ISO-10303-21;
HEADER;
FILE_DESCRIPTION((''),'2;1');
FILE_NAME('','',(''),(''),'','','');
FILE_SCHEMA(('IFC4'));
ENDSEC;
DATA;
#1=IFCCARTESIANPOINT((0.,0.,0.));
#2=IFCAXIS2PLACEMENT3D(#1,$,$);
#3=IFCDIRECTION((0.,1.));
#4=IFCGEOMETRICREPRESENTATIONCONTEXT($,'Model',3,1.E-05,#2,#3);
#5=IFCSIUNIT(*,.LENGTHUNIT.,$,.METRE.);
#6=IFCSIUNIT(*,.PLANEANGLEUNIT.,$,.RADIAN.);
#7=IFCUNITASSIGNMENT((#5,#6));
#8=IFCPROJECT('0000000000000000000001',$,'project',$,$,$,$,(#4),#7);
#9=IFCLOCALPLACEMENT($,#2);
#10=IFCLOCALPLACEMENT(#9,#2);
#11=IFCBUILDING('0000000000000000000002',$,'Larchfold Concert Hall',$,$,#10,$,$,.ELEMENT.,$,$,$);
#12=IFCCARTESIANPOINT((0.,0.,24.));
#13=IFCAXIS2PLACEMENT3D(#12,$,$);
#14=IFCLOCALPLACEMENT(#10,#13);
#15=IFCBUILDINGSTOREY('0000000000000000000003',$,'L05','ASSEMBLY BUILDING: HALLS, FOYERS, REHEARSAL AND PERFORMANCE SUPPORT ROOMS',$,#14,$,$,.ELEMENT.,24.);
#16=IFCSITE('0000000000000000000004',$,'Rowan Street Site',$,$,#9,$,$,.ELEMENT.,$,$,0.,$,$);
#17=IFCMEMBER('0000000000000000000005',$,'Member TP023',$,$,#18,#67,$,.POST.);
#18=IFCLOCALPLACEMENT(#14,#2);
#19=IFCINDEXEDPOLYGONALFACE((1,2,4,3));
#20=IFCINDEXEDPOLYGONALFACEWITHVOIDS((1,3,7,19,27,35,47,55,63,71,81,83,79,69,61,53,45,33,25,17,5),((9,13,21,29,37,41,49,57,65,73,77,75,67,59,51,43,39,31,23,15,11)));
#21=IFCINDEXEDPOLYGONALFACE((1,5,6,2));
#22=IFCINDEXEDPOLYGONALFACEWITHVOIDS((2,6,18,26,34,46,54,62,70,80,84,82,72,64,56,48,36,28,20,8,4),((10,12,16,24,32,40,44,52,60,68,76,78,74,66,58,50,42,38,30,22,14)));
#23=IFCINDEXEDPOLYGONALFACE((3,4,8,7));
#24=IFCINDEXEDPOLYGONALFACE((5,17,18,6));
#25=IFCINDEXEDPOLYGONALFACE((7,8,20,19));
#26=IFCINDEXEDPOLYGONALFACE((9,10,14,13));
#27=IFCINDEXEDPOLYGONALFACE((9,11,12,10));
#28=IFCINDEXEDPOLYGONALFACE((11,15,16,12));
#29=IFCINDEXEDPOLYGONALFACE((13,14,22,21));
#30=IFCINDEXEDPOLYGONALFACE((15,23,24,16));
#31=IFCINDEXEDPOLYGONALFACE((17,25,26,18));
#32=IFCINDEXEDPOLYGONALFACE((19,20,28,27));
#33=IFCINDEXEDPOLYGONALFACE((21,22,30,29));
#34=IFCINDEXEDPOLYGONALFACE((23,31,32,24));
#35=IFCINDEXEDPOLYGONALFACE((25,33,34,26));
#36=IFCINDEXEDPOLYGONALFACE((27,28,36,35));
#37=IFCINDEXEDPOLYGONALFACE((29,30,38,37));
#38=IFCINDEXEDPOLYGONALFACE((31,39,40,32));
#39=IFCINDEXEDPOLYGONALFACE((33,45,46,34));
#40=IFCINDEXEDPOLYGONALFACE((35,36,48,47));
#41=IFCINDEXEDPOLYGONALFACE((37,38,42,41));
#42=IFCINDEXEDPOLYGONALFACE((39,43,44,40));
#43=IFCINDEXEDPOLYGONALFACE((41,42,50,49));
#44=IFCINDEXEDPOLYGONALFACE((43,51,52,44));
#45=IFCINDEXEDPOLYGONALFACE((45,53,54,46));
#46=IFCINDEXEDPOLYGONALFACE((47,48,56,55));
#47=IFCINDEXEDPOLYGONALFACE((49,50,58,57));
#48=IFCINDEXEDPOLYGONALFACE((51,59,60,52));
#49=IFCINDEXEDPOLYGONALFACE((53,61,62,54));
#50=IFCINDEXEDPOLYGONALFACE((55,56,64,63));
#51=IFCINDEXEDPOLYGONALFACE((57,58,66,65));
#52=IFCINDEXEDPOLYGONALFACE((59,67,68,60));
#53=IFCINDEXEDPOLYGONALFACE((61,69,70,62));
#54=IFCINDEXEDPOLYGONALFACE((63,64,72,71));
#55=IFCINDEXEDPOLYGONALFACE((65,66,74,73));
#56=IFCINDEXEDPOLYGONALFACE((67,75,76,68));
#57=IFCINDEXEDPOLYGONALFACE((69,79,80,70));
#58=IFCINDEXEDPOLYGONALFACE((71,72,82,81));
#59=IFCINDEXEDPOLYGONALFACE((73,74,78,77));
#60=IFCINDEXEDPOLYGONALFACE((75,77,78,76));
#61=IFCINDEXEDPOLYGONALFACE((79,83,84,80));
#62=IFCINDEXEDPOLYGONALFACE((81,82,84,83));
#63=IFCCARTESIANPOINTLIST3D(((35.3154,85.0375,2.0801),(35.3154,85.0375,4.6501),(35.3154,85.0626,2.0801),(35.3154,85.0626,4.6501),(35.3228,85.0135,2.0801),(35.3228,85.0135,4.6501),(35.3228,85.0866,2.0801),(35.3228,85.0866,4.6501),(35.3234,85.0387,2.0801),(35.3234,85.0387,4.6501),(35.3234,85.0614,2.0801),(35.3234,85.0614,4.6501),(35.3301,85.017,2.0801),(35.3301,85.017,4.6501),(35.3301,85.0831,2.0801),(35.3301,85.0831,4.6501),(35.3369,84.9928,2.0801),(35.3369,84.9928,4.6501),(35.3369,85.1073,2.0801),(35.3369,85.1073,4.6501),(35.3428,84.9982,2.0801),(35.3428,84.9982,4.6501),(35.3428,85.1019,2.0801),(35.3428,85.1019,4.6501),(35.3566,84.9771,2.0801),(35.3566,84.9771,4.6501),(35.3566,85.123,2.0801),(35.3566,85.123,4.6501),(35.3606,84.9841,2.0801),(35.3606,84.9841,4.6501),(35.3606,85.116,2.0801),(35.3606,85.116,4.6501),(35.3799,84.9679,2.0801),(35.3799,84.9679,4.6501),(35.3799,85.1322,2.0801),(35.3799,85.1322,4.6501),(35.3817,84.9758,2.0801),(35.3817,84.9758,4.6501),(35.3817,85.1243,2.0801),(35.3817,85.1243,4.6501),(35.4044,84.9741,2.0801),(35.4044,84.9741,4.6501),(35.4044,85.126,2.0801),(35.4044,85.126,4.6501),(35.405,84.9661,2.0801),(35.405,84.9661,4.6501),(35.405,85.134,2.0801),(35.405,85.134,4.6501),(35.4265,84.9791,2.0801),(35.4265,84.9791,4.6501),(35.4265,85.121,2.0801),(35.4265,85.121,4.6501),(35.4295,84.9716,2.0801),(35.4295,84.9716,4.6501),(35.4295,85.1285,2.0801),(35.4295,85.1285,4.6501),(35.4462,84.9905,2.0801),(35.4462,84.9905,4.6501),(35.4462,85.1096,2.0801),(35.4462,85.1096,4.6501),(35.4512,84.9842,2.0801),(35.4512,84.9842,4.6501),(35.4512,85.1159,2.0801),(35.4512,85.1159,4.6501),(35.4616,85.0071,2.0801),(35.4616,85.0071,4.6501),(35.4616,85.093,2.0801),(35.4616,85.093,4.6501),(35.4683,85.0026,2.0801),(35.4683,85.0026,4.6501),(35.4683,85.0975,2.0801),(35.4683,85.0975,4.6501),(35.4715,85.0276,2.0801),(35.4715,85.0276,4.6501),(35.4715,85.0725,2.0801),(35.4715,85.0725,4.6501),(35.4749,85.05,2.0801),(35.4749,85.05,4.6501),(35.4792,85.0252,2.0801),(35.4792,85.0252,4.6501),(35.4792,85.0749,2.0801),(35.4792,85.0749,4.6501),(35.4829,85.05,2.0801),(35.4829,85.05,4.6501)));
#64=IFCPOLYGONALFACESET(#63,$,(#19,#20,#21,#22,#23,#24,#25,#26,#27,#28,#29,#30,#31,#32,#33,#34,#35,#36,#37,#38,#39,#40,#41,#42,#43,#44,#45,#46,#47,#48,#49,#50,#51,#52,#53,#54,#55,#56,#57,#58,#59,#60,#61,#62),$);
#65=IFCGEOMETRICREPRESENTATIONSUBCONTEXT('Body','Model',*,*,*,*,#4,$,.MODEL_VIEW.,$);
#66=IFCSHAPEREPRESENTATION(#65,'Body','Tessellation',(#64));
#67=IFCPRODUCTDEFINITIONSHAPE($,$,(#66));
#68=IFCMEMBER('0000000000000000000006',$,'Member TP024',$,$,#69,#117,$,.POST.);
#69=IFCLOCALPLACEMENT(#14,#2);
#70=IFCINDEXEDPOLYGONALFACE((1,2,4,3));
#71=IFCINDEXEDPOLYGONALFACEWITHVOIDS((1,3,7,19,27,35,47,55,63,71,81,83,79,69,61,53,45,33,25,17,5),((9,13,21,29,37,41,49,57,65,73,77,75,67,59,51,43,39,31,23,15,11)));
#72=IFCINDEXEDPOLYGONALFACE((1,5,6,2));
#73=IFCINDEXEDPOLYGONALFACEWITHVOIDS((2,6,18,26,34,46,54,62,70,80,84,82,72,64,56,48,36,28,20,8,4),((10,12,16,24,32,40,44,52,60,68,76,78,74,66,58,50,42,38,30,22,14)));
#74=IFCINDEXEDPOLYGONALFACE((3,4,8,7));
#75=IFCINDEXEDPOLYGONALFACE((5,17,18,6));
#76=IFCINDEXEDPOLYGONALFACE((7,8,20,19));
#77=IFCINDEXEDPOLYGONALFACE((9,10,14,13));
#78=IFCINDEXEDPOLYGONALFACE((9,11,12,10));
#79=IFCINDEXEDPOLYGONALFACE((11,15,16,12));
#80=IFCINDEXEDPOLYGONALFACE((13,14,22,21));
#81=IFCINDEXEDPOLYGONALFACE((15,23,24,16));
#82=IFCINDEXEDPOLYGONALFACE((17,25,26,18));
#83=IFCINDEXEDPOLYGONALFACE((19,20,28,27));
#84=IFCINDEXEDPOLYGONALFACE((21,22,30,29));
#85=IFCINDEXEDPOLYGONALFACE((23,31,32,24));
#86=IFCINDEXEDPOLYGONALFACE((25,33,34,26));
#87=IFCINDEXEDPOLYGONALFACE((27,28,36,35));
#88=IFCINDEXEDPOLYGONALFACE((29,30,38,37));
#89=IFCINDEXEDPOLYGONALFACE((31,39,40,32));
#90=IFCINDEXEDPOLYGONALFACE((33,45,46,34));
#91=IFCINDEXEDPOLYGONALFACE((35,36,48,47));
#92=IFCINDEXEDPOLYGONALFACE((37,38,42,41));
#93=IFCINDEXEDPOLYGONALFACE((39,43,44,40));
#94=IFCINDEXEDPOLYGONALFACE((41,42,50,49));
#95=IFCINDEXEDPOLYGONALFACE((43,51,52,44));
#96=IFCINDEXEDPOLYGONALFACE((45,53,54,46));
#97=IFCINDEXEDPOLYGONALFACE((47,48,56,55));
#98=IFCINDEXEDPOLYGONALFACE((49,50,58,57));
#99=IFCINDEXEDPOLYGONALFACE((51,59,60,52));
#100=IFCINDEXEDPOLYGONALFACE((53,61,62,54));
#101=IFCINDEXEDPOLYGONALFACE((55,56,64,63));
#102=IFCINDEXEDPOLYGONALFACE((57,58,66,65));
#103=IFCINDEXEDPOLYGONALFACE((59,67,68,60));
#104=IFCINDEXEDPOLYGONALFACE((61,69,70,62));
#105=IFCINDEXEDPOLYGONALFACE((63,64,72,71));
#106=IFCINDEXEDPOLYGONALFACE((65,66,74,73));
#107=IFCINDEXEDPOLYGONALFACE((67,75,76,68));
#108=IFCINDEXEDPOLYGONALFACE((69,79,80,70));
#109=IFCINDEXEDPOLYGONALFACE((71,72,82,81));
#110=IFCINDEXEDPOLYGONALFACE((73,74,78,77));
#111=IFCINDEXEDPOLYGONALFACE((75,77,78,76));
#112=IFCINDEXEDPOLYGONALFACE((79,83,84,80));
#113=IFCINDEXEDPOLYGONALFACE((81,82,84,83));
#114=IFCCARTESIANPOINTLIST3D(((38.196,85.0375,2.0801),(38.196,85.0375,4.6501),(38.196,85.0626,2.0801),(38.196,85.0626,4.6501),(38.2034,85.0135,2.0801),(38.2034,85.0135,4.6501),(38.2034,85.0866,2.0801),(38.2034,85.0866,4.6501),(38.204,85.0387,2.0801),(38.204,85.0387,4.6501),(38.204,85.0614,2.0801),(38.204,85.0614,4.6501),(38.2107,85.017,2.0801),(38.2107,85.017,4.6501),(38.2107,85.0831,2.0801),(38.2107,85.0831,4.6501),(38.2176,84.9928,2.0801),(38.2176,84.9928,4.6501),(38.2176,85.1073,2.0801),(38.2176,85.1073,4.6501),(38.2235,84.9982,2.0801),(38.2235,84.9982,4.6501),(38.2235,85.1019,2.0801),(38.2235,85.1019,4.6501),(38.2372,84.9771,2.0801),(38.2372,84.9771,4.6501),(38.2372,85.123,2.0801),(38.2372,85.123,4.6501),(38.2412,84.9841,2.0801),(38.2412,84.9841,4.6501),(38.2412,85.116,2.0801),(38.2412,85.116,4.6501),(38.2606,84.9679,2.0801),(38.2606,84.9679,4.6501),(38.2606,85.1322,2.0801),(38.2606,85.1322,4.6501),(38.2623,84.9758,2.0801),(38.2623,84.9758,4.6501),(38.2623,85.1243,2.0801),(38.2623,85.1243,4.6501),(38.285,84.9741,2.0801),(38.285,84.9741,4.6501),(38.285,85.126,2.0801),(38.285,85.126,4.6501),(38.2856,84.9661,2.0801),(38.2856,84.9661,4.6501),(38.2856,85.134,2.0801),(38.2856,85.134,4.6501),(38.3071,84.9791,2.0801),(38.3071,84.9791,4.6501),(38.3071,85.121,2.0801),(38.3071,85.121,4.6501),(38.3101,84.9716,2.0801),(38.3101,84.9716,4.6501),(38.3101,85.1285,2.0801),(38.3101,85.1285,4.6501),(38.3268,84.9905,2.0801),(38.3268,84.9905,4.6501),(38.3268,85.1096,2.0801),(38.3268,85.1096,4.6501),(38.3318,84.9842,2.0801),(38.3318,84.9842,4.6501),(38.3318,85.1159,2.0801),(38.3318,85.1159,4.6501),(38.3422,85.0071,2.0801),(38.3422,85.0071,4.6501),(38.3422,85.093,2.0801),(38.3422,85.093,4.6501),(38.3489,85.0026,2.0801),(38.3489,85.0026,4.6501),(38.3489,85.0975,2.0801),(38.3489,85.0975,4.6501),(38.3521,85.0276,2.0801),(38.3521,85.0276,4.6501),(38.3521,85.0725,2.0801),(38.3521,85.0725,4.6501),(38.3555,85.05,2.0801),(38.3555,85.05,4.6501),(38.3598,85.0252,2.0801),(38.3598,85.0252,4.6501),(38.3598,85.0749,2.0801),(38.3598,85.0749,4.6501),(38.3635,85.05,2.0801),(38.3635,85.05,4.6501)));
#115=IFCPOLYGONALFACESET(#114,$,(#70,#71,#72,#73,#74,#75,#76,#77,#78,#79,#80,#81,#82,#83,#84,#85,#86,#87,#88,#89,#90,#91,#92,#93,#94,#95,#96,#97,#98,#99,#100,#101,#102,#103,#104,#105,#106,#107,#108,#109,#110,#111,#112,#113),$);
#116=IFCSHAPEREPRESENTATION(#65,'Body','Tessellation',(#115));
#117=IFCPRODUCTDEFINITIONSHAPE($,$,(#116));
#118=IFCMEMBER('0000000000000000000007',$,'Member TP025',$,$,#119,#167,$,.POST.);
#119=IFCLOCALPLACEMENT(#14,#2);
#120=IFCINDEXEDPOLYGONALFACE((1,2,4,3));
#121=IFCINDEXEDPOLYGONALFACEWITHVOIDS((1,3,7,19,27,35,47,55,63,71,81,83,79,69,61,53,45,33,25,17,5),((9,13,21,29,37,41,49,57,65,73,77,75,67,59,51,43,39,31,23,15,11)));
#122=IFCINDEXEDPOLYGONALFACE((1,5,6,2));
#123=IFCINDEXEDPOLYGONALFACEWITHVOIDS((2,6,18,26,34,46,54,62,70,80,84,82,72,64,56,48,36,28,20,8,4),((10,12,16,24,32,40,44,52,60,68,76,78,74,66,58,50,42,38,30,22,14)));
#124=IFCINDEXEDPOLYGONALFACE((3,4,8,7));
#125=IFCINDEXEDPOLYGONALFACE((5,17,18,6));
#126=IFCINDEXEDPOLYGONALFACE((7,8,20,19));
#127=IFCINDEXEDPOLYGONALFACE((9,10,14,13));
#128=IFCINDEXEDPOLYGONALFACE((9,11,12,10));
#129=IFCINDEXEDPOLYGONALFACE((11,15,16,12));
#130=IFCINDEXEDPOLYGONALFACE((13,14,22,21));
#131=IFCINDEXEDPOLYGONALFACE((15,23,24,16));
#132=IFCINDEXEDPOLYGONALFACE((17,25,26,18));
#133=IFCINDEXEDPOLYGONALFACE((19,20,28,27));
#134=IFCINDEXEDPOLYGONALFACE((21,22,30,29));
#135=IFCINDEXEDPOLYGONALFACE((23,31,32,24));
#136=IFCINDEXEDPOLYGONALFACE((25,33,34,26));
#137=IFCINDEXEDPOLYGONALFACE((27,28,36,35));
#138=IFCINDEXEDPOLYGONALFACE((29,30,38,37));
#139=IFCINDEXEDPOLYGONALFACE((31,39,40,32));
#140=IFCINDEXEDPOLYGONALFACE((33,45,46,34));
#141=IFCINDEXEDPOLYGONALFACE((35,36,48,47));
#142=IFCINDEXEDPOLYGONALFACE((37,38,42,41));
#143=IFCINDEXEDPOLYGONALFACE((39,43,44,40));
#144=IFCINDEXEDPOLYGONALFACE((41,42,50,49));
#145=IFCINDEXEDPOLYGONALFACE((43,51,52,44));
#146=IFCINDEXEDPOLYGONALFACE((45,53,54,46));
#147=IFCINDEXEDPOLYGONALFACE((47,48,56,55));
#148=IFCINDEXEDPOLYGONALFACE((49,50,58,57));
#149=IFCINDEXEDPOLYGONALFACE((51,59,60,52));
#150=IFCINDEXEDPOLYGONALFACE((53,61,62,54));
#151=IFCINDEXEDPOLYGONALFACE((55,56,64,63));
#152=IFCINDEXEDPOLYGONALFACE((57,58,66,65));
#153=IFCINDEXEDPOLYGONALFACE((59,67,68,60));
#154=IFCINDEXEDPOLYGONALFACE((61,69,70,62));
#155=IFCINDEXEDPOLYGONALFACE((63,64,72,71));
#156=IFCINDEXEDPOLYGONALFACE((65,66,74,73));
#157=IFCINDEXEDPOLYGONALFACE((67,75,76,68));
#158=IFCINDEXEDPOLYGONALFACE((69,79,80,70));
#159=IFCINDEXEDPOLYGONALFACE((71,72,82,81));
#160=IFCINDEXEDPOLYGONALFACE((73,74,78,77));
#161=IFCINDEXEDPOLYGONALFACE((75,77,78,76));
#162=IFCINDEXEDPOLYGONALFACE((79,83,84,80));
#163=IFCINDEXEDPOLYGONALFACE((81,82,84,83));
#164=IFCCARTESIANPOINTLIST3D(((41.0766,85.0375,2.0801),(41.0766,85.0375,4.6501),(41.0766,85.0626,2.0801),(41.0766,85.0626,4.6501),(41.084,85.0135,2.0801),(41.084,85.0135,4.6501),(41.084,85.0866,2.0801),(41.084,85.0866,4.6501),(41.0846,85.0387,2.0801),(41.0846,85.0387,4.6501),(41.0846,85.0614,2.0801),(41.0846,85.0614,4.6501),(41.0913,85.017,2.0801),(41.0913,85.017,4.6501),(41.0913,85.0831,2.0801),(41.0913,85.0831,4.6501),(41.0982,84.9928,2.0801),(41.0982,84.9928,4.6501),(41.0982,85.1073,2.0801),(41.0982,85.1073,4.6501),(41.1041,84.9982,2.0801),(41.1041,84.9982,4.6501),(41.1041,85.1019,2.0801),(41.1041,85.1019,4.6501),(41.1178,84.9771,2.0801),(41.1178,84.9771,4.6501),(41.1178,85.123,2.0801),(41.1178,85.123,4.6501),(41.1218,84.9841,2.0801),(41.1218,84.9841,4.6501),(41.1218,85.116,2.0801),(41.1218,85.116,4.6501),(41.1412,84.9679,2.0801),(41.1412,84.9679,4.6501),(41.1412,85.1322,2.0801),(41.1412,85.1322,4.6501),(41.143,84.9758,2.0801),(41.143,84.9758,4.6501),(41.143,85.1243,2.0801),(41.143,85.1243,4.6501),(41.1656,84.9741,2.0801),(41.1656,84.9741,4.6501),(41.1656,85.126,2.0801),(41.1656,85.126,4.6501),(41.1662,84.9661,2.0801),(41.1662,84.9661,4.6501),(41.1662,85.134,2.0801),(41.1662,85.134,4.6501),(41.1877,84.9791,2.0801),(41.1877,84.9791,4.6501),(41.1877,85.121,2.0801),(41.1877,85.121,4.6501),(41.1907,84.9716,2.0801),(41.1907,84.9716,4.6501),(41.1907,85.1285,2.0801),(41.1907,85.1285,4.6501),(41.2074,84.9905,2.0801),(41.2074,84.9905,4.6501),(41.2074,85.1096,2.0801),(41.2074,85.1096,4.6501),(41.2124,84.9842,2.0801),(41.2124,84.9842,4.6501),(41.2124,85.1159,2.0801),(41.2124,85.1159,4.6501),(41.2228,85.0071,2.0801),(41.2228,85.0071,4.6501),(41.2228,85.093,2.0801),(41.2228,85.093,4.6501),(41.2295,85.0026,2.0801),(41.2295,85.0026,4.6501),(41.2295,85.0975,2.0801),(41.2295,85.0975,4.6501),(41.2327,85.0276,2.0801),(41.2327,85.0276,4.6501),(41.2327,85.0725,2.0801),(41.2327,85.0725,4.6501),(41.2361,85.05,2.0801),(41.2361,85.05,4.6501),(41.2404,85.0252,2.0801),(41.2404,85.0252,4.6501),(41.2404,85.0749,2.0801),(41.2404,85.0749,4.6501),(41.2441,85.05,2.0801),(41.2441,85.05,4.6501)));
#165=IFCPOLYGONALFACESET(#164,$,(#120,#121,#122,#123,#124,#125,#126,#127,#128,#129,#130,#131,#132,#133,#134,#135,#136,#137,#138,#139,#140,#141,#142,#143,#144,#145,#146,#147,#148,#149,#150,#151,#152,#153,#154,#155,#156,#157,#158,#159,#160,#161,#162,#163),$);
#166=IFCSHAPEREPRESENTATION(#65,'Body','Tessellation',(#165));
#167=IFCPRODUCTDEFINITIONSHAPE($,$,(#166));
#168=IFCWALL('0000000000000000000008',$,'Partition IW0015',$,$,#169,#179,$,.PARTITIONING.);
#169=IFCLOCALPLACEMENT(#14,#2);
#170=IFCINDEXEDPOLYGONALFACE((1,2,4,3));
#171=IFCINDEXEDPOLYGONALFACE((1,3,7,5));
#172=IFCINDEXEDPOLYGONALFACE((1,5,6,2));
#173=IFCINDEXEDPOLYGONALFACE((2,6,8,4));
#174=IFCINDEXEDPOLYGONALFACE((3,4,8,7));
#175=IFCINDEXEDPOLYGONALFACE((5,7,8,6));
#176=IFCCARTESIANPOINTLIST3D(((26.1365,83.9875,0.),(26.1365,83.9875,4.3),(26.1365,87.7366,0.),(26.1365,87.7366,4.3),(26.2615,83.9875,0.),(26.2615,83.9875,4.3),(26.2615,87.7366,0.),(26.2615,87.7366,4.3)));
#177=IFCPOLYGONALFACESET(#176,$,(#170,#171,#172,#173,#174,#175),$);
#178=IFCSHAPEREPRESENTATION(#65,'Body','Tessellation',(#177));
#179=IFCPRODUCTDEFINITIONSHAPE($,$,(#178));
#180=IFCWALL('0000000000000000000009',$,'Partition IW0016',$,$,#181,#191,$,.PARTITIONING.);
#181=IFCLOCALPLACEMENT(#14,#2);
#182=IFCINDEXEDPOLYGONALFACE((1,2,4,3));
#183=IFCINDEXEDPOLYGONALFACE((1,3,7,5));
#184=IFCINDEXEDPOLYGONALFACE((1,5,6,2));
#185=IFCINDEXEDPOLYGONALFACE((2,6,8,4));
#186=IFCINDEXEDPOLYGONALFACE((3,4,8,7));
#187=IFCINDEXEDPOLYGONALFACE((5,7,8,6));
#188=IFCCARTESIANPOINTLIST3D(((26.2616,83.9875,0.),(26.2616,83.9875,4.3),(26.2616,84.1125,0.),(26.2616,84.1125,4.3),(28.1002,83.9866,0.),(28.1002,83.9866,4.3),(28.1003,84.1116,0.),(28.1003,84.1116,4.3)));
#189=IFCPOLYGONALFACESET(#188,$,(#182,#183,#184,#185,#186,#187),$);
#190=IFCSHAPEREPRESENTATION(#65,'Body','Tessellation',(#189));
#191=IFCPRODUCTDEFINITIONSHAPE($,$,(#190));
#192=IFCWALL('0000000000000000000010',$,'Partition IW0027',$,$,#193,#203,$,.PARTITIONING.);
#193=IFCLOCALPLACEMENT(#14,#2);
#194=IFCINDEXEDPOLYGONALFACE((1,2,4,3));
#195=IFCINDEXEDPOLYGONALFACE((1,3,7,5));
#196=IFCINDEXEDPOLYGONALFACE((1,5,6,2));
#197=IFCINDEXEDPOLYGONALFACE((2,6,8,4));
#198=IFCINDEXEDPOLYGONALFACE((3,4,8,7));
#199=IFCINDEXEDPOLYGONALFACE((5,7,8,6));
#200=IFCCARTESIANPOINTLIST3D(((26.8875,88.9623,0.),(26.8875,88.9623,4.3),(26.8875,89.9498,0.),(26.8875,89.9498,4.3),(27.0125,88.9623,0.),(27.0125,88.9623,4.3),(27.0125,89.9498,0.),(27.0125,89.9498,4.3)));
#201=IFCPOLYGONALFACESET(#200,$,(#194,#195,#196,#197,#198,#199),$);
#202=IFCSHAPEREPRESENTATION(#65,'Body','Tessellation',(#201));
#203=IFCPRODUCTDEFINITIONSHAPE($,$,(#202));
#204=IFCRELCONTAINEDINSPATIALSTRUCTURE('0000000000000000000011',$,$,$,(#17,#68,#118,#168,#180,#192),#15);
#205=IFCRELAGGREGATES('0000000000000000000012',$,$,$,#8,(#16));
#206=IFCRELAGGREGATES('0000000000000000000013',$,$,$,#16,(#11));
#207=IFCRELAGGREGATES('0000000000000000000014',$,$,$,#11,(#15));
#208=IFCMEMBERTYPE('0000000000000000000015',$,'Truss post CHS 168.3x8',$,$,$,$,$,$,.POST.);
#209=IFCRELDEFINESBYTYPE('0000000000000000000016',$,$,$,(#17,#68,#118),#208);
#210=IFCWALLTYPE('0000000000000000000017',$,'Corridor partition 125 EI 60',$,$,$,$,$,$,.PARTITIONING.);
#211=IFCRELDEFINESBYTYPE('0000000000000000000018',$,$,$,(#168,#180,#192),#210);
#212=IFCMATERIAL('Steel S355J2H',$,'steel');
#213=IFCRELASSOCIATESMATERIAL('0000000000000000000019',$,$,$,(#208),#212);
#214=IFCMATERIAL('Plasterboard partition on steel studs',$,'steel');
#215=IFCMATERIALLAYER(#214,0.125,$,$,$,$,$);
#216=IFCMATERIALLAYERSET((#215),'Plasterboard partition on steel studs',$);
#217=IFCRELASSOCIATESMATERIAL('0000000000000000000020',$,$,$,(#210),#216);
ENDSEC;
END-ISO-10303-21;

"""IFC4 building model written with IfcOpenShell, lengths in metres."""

from ifc_helpers import new_model, si_unit, direction, frame, frame_2d, origin, origin_2d, place, context, subcontext, project, spatial, rectangle, hollow_circle, extrude, material, layer, layer_set, material_profile, profile_set, type_object, element, save


model = new_model("IFC4")

# Units and contexts
model_context = context("Model", 3, precision=1e-05, world=origin(), true_north=direction((0.0, 1.0)))
body_context = subcontext(model_context, "Body", "Model", "MODEL_VIEW")
ifc_project = project(units=[si_unit("LENGTHUNIT", "METRE"), si_unit("PLANEANGLEUNIT", "RADIAN")], contexts=[model_context])

# Site, building, storey
site_placement = place(None, origin())
site = spatial("IfcSite", under=ifc_project, at=site_placement, Name="Rowan Street Site", CompositionType="ELEMENT", RefElevation=0.0)
building_placement = place(site_placement, origin())
building = spatial("IfcBuilding", under=site, at=building_placement, Name="Larchfold Concert Hall", CompositionType="ELEMENT")
storey_placement = place(building_placement, frame((0.0, 0.0, 24.0)))
storey = spatial("IfcBuildingStorey", under=building, at=storey_placement, Name="L05", Description="ASSEMBLY BUILDING: HALLS, FOYERS, REHEARSAL AND PERFORMANCE SUPPORT ROOMS", CompositionType="ELEMENT", Elevation=24.0)

# Members
ifc_material_1 = material(Name="Steel S355J2H", Category="steel")
ifc_material_profile_1 = material_profile(ifc_material_1, hollow_circle(Radius=0.0842, WallThickness=0.0081, at=origin_2d()))
ifc_profile_set_1 = profile_set([ifc_material_profile_1], Name="Steel S355J2H")
member_type = type_object("IfcMemberType", Name="Truss post CHS 168.3x8", PredefinedType="POST", material=ifc_profile_set_1)
for number, where, z_axis, x_axis, name in (
    (1, (35.3987, 85.05, 2.0801), (0.0, 0.0, 1.0), (1.0, 0.0, 0.0), "Member TP023"),
    (2, (38.2793, 85.05, 2.0801), (0.0, 0.0, 1.0), (1.0, 0.0, 0.0), "Member TP024"),
    (3, (41.1599, 85.05, 2.0801), (0.0, 0.0, 1.0), (1.0, 0.0, 0.0), "Member TP025"),
):
    element("IfcMember", number, at=place(storey_placement, frame(where, z_axis=z_axis, x_axis=x_axis)), inside=storey, type_object=member_type, Name=name, PredefinedType="POST", context=body_context, shape_type="SweptSolid", body=[
        extrude(hollow_circle(Radius=0.0842, WallThickness=0.0081, at=origin_2d()), origin(), (0.0, 0.0, 1.0), 2.5701),
    ])

# Walls
ifc_material_2 = material(Name="Plasterboard partition on steel studs", Category="steel")
ifc_layer_1 = layer(ifc_material_2, 0.125)
ifc_layer_set_1 = layer_set([ifc_layer_1], Name="Plasterboard partition on steel studs")
wall_type_1 = type_object("IfcWallType", Name="Corridor partition 125 EI 60", PredefinedType="PARTITIONING", material=ifc_layer_set_1)
wall_1_placement = place(storey_placement, frame((26.199, 87.7366, 0.0), z_axis=(0.0, 0.0, 1.0), x_axis=(0.0, -1.0, 0.0)))
element("IfcWall", 4, at=wall_1_placement, inside=storey, type_object=wall_type_1, Name="Partition IW0015", PredefinedType="PARTITIONING", context=body_context, shape_type="SweptSolid", body=[
    extrude(rectangle(XDim=3.749, YDim=0.125, at=frame_2d((1.8745, 0.0))), origin(), (0.0, 0.0, 1.0), 4.3),
])
wall_2_placement = place(storey_placement, frame((26.2615, 84.05, 0.0), z_axis=(0.0, 0.0, 1.0), x_axis=(1.0, -0.000531, 0.0)))
element("IfcWall", 5, at=wall_2_placement, inside=storey, type_object=wall_type_1, Name="Partition IW0016", PredefinedType="PARTITIONING", context=body_context, shape_type="SweptSolid", body=[
    extrude(rectangle(XDim=1.8386, YDim=0.125, at=frame_2d((0.9194, 0.0))), origin(), (0.0, 0.0, 1.0), 4.3),
])
wall_3_placement = place(storey_placement, frame((26.95, 88.9624, 0.0), z_axis=(0.0, 0.0, 1.0), x_axis=(0.0, 1.0, 0.0)))
element("IfcWall", 6, at=wall_3_placement, inside=storey, type_object=wall_type_1, Name="Partition IW0027", PredefinedType="PARTITIONING", context=body_context, shape_type="SweptSolid", body=[
    extrude(rectangle(XDim=0.9875, YDim=0.125, at=frame_2d((0.4937, 0.0))), origin(), (0.0, 0.0, 1.0), 4.3),
])

save(model, "model.ifc")
